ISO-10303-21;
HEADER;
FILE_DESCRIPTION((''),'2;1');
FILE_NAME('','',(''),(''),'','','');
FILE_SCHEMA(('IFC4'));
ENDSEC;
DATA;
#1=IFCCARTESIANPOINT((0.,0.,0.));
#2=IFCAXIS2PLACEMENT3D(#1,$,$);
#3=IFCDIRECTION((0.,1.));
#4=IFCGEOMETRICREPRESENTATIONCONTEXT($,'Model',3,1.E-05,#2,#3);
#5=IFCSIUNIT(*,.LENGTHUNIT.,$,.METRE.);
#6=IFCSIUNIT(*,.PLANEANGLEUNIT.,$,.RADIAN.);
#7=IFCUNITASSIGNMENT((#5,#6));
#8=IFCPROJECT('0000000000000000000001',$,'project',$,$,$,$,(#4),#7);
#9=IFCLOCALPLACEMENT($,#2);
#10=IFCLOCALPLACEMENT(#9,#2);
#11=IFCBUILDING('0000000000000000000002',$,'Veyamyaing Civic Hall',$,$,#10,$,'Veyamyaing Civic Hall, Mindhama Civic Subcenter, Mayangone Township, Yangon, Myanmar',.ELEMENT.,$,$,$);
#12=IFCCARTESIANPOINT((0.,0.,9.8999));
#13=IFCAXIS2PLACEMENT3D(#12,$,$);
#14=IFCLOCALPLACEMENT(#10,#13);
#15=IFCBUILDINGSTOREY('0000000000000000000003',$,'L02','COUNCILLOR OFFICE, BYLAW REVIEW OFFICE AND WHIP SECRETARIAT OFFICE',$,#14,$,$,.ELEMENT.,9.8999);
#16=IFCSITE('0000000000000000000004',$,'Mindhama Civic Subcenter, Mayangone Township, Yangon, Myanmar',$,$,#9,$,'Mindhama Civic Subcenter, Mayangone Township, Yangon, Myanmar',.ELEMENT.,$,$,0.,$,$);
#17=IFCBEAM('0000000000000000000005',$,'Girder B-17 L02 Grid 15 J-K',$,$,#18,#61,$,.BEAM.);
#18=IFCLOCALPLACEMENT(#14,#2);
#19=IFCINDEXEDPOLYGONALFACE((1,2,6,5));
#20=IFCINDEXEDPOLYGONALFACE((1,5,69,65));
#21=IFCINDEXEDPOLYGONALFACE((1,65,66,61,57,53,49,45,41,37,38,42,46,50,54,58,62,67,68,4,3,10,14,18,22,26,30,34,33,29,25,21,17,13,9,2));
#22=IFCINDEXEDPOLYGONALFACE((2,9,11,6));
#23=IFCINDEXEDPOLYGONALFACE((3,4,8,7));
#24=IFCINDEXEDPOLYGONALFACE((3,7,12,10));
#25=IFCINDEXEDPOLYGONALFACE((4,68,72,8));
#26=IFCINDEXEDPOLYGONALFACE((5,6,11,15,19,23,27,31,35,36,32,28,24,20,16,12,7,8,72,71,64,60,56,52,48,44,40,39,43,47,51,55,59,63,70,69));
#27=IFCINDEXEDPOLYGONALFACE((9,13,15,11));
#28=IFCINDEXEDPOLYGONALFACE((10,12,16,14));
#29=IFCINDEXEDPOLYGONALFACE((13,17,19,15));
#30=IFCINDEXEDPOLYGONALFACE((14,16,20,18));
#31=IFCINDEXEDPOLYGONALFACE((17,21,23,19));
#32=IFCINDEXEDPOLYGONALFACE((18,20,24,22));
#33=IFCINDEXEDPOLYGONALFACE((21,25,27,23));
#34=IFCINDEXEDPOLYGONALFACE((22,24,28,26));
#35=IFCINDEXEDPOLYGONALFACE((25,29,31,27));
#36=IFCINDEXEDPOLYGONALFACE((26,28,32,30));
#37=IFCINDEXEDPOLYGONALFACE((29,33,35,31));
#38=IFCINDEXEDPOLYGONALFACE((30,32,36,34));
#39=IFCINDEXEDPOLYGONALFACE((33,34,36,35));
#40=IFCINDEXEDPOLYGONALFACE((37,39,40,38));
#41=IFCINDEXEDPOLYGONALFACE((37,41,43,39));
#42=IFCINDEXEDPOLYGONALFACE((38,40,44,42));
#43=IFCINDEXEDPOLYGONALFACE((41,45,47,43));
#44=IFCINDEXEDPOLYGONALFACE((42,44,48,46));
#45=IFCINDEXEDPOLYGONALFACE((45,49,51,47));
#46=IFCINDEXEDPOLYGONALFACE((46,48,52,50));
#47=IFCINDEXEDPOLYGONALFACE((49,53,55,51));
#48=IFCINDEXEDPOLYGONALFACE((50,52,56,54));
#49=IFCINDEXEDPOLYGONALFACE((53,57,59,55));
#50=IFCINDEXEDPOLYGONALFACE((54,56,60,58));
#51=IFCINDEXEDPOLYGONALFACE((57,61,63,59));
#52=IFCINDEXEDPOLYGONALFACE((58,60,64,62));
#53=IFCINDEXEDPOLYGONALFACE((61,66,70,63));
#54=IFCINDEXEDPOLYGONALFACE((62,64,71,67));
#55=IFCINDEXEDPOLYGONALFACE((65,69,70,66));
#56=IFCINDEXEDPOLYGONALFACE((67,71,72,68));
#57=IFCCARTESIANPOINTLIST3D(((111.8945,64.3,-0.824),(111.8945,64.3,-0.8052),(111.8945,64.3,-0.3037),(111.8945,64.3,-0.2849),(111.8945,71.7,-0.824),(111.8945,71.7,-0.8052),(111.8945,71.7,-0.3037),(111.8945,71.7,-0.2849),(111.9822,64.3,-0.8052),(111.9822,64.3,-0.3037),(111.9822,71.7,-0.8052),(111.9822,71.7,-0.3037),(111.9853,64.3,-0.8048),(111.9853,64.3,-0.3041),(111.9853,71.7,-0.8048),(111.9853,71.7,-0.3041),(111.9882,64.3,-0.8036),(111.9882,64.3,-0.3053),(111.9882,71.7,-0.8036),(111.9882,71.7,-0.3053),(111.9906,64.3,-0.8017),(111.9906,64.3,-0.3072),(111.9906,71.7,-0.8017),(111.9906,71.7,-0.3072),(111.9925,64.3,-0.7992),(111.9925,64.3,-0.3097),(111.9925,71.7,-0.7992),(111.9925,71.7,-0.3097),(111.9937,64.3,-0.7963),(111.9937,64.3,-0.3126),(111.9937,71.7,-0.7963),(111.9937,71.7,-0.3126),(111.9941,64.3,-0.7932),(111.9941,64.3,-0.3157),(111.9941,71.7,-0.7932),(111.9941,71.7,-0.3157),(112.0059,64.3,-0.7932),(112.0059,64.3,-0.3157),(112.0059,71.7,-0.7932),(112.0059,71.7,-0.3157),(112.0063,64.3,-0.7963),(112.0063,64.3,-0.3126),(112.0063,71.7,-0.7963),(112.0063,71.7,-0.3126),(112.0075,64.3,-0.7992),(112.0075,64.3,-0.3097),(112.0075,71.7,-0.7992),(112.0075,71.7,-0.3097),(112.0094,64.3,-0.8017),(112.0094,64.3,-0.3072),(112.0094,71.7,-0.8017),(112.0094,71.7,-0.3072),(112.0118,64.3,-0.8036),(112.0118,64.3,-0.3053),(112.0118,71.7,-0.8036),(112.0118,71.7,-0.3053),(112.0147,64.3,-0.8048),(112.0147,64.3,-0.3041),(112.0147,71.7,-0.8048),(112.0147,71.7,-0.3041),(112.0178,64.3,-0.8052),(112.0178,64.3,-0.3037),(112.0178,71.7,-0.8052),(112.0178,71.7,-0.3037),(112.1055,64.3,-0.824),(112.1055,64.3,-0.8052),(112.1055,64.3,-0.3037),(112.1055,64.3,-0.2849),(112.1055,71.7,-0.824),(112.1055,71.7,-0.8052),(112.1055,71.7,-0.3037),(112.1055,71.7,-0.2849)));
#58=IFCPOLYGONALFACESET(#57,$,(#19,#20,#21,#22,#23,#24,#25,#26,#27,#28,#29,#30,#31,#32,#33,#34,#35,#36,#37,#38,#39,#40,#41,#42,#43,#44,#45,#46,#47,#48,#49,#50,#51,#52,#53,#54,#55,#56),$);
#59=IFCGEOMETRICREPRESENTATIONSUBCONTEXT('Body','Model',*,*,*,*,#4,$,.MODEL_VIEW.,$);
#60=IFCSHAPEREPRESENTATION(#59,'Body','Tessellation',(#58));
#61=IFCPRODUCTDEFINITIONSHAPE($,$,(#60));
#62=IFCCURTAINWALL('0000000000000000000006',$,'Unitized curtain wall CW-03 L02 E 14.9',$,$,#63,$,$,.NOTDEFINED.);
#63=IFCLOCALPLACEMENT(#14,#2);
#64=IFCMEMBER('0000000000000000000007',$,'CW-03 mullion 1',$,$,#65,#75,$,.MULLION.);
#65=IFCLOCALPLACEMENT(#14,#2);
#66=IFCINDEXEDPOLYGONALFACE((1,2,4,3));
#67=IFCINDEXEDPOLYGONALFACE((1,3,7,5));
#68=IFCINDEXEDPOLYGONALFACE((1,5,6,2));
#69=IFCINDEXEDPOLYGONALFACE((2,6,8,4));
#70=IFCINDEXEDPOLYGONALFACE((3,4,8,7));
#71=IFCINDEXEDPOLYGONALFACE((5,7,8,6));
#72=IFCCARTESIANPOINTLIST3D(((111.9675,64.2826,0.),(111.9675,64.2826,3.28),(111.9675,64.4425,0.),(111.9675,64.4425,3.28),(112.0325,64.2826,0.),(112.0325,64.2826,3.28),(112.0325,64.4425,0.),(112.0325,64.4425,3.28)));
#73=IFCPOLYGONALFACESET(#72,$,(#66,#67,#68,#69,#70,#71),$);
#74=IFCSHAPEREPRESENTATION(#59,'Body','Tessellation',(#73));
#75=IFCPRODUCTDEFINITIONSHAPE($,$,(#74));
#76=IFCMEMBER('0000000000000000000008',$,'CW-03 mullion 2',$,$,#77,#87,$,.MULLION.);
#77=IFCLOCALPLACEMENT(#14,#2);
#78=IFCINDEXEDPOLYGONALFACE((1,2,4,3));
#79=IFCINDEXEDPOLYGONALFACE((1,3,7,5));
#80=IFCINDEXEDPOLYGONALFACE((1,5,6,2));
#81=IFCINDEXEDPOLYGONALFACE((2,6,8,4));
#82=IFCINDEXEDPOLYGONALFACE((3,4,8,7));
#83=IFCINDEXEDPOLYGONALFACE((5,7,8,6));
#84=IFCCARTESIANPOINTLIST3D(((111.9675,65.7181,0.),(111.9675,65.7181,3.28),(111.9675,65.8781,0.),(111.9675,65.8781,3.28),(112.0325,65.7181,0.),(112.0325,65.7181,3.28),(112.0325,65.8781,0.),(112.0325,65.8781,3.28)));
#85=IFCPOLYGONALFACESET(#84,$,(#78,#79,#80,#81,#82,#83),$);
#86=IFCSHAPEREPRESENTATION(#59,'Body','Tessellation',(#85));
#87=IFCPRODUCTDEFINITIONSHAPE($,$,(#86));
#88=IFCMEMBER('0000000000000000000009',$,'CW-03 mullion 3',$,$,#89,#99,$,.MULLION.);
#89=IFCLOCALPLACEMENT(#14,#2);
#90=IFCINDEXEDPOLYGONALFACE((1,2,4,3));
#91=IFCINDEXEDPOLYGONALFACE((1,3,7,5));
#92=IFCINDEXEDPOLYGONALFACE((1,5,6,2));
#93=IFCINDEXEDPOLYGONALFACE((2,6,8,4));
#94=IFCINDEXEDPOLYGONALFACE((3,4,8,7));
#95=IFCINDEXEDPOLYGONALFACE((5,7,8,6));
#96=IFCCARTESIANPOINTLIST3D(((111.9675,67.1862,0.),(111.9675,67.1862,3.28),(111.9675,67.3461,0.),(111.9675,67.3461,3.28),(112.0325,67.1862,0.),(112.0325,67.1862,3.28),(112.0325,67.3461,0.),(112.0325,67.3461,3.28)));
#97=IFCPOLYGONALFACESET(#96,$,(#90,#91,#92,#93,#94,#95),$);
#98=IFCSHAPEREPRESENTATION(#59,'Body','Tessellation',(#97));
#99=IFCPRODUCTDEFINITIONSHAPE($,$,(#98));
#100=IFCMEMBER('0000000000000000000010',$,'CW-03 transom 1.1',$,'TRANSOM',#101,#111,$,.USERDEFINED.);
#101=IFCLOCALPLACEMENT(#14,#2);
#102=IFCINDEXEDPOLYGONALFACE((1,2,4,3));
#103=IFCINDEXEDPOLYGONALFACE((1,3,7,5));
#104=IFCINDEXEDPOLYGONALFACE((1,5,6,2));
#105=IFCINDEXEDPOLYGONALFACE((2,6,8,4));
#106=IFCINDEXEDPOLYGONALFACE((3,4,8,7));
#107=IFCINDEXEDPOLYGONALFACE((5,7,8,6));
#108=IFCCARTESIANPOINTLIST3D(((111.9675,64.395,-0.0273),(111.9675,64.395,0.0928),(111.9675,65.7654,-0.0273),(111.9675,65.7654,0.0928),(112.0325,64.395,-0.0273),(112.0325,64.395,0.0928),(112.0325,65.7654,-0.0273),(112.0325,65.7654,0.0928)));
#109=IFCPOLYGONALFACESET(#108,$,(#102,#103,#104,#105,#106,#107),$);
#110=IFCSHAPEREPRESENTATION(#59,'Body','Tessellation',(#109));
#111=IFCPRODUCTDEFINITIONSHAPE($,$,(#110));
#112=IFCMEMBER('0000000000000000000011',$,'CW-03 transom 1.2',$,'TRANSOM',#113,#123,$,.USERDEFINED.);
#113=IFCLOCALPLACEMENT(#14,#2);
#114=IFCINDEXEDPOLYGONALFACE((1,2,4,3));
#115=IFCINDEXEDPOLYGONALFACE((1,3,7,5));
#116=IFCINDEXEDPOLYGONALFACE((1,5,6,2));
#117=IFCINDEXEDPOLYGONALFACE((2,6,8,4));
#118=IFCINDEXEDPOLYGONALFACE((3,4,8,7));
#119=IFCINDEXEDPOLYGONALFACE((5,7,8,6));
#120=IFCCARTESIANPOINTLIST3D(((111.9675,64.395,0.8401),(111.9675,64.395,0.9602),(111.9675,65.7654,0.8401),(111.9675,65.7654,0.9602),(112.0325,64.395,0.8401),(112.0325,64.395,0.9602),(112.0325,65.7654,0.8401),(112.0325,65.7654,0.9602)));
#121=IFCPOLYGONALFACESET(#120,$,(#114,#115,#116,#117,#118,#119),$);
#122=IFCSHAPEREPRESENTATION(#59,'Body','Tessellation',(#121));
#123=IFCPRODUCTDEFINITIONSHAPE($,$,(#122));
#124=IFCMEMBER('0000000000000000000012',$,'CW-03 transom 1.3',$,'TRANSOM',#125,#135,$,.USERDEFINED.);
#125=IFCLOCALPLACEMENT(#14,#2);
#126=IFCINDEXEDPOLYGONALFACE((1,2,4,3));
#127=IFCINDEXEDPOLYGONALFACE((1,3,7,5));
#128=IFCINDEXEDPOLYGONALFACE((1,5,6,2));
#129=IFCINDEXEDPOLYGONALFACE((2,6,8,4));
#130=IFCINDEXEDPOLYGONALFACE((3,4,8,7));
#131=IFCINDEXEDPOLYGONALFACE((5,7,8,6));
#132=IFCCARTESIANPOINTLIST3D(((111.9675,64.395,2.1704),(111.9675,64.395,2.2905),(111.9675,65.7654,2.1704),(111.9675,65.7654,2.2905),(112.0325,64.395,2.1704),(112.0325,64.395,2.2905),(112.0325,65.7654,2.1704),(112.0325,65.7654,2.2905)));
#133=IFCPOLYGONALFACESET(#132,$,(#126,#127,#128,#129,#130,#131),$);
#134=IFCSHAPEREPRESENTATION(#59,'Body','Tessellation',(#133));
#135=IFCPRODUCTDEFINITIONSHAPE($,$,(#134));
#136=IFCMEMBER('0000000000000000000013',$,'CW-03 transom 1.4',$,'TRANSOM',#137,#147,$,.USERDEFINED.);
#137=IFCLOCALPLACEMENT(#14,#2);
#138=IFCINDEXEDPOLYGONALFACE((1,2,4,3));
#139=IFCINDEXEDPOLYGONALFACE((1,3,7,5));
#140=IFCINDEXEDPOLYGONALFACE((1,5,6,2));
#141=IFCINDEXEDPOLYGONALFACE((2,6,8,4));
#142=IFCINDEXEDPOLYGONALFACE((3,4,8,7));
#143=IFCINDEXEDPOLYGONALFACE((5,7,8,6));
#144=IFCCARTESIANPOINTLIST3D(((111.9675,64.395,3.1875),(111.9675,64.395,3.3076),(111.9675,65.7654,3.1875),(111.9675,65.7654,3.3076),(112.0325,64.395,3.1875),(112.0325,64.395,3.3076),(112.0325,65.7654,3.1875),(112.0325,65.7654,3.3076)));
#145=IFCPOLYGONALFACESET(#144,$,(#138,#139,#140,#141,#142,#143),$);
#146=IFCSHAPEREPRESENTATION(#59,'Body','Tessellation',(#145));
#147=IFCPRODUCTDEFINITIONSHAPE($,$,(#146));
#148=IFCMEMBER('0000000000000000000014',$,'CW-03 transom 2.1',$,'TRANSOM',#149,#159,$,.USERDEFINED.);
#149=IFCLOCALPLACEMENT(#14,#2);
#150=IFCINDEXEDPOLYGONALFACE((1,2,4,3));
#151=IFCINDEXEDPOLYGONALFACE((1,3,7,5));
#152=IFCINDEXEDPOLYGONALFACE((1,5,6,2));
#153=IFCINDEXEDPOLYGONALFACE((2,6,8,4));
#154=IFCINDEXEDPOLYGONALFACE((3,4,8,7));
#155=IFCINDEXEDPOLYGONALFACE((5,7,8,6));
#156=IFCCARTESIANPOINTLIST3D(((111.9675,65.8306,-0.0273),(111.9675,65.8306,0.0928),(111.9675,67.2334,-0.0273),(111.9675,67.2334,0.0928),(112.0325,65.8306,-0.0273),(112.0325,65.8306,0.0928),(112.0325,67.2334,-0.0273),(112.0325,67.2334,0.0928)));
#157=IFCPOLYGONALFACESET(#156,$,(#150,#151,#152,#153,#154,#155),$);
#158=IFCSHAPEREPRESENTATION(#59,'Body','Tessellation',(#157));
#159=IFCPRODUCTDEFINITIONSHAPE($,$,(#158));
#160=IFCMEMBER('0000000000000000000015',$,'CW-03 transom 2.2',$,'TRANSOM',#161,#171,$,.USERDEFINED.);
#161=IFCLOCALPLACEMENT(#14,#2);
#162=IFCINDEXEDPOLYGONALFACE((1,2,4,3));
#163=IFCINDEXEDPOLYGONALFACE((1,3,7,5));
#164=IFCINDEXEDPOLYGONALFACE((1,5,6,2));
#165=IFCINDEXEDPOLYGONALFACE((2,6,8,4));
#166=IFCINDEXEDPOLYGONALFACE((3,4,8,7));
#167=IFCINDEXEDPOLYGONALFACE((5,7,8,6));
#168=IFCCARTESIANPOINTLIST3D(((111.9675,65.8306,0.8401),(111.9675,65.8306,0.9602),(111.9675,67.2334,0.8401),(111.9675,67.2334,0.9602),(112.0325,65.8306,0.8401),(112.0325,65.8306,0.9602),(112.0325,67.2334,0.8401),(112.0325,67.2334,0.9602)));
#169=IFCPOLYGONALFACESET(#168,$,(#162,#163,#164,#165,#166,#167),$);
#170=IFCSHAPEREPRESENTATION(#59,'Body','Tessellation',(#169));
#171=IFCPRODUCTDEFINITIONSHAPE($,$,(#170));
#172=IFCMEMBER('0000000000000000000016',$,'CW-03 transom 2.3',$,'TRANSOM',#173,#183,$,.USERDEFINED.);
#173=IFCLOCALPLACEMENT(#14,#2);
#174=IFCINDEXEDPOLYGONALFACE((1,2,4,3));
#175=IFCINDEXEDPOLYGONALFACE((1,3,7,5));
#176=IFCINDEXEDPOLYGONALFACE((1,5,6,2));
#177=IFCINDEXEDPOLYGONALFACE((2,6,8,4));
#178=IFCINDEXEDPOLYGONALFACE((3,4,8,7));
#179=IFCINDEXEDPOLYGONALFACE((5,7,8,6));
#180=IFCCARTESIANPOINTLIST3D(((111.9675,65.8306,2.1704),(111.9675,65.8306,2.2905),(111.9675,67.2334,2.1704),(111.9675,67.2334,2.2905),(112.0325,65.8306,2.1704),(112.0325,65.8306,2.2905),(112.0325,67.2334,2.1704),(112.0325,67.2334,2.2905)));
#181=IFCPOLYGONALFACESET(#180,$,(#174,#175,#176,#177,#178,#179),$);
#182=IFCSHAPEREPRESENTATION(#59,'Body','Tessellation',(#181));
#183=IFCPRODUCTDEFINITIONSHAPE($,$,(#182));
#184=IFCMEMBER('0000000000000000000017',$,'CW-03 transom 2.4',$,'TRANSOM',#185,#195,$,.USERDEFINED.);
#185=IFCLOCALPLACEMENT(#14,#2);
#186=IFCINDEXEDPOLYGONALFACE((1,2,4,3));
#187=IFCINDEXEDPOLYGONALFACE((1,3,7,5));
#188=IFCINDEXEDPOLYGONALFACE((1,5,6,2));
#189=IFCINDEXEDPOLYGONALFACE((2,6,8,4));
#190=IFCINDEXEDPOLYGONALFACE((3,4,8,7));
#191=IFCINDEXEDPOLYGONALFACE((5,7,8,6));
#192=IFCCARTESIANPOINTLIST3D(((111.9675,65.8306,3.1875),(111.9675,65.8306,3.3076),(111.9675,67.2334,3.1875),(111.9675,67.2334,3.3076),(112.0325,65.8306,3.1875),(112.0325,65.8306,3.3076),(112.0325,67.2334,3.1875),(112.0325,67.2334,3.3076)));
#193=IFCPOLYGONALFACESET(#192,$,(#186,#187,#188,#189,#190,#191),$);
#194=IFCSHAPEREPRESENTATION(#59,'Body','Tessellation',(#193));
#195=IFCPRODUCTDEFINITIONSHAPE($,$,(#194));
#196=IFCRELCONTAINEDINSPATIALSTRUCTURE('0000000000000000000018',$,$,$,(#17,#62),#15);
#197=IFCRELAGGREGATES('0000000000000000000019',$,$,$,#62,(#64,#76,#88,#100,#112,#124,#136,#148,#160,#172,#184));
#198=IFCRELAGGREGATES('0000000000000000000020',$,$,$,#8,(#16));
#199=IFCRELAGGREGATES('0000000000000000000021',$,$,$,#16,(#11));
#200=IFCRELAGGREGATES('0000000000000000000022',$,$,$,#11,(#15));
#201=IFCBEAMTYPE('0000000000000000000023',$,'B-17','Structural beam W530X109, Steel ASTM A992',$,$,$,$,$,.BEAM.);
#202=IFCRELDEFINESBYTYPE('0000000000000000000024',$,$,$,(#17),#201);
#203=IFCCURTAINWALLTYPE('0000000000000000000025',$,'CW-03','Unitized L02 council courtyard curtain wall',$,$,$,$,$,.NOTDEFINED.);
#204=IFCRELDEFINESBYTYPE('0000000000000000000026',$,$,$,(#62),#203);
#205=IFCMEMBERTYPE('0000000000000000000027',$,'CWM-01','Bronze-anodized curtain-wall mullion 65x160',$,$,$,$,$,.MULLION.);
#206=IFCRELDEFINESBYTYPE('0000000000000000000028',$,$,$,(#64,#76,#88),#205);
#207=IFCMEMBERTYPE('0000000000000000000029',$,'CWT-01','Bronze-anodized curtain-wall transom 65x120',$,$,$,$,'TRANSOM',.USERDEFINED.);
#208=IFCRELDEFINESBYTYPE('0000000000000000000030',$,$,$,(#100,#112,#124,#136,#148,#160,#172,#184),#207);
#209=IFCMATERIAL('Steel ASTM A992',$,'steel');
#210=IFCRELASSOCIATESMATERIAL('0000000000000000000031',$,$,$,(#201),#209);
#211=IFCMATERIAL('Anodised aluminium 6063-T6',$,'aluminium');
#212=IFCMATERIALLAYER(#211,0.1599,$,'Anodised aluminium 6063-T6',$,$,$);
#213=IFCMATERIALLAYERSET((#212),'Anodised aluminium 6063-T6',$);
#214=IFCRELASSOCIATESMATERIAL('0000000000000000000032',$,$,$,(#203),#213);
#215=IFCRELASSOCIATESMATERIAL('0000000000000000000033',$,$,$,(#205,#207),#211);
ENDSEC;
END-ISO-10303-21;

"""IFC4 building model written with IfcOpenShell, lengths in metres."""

from ifc_helpers import new_model, si_unit, direction, frame, origin, origin_2d, place, context, subcontext, project, spatial, rectangle, i_section, extrude, material, layer, layer_set, material_profile, profile_set, type_object, element, aggregate, save


model = new_model("IFC4")

# Units and contexts
model_context = context("Model", 3, precision=1e-05, world=origin(), true_north=direction((0.0, 1.0)))
body_context = subcontext(model_context, "Body", "Model", "MODEL_VIEW")
ifc_project = project(units=[si_unit("LENGTHUNIT", "METRE"), si_unit("PLANEANGLEUNIT", "RADIAN")], contexts=[model_context])

# Site, building, storey
site_placement = place(None, origin())
site = spatial("IfcSite", under=ifc_project, at=site_placement, Name="Mindhama Civic Subcenter, Mayangone Township, Yangon, Myanmar", LongName="Mindhama Civic Subcenter, Mayangone Township, Yangon, Myanmar", CompositionType="ELEMENT", RefElevation=0.0)
building_placement = place(site_placement, origin())
building = spatial("IfcBuilding", under=site, at=building_placement, Name="Veyamyaing Civic Hall", LongName="Veyamyaing Civic Hall, Mindhama Civic Subcenter, Mayangone Township, Yangon, Myanmar", CompositionType="ELEMENT")
storey_placement = place(building_placement, frame((0.0, 0.0, 9.8999)))
storey = spatial("IfcBuildingStorey", under=building, at=storey_placement, Name="L02", Description="COUNCILLOR OFFICE, BYLAW REVIEW OFFICE AND WHIP SECRETARIAT OFFICE", CompositionType="ELEMENT", Elevation=9.8999)

# Beam
ifc_material_1 = material(Name="Steel ASTM A992", Category="steel")
ifc_material_profile_1 = material_profile(ifc_material_1, i_section(OverallWidth=0.2109, OverallDepth=0.5391, WebThickness=0.0117, FlangeThickness=0.0188, FilletRadius=0.012, at=origin_2d()), Name="W530X109")
ifc_profile_set_1 = profile_set([ifc_material_profile_1], Name="Steel ASTM A992")
beam_type_1 = type_object("IfcBeamType", Name="B-17", Description="Structural beam W530X109, Steel ASTM A992", PredefinedType="BEAM", material=ifc_profile_set_1)
beam_1_placement = place(storey_placement, frame((112.0, 64.3, -0.5544), z_axis=(0.0, 1.0, 0.0), x_axis=(-1.0, 0.0, 0.0)))
element("IfcBeam", 1, at=beam_1_placement, inside=storey, type_object=beam_type_1, Name="Girder B-17 L02 Grid 15 J-K", PredefinedType="BEAM", context=body_context, shape_type="SweptSolid", body=[
    extrude(i_section(OverallWidth=0.2109, OverallDepth=0.5391, WebThickness=0.0117, FlangeThickness=0.0188, FilletRadius=0.012, at=origin_2d()), origin(), (0.0, 0.0, 1.0), 7.3999),
])

# Curtain wall, members
ifc_material_2 = material(Name="Anodised aluminium 6063-T6", Category="aluminium")
ifc_layer_1 = layer(ifc_material_2, 0.1599, Name="Anodised aluminium 6063-T6")
ifc_layer_set_1 = layer_set([ifc_layer_1], Name="Anodised aluminium 6063-T6")
curtain_wall_type = type_object("IfcCurtainWallType", Name="CW-03", Description="Unitized L02 council courtyard curtain wall", PredefinedType="NOTDEFINED", material=ifc_layer_set_1)
curtain_wall_placement = place(storey_placement, origin())
curtain_wall = element("IfcCurtainWall", 2, at=curtain_wall_placement, inside=storey, type_object=curtain_wall_type, Name="Unitized curtain wall CW-03 L02 E 14.9", PredefinedType="NOTDEFINED")
ifc_material_profile_2 = material_profile(ifc_material_2, rectangle(XDim=0.0649, YDim=0.1599, at=origin_2d()), Name="ALU-MUL-65X160")
ifc_profile_set_2 = profile_set([ifc_material_profile_2], Name="Anodised aluminium 6063-T6")
member_type_1 = type_object("IfcMemberType", Name="CWM-01", Description="Bronze-anodized curtain-wall mullion 65x160", PredefinedType="MULLION", material=ifc_profile_set_2)
member_1_placement = place(storey_placement, frame((112.0, 64.3625, 0.0), z_axis=(0.0, 0.0, 1.0), x_axis=(-1.0, 0.0, 0.0)))
member_1 = element("IfcMember", 3, at=member_1_placement, type_object=member_type_1, Name="CW-03 mullion 1", PredefinedType="MULLION", context=body_context, shape_type="SweptSolid", body=[
    extrude(rectangle(XDim=0.0649, YDim=0.1599, at=origin_2d()), origin(), (0.0, 0.0, 1.0), 3.28),
])
member_2_placement = place(storey_placement, frame((112.0, 65.7981, 0.0), z_axis=(0.0, 0.0, 1.0), x_axis=(-1.0, 0.0, 0.0)))
member_2 = element("IfcMember", 4, at=member_2_placement, type_object=member_type_1, Name="CW-03 mullion 2", PredefinedType="MULLION", context=body_context, shape_type="SweptSolid", body=[
    extrude(rectangle(XDim=0.0649, YDim=0.1599, at=origin_2d()), origin(), (0.0, 0.0, 1.0), 3.28),
])
member_3_placement = place(storey_placement, frame((112.0, 67.2661, 0.0), z_axis=(0.0, 0.0, 1.0), x_axis=(-1.0, 0.0, 0.0)))
member_3 = element("IfcMember", 5, at=member_3_placement, type_object=member_type_1, Name="CW-03 mullion 3", PredefinedType="MULLION", context=body_context, shape_type="SweptSolid", body=[
    extrude(rectangle(XDim=0.0649, YDim=0.1599, at=origin_2d()), origin(), (0.0, 0.0, 1.0), 3.28),
])
ifc_material_profile_3 = material_profile(ifc_material_2, rectangle(XDim=0.0649, YDim=0.1201, at=origin_2d()), Name="ALU-TRN-65X120")
ifc_profile_set_3 = profile_set([ifc_material_profile_3], Name="Anodised aluminium 6063-T6")
member_type_2 = type_object("IfcMemberType", Name="CWT-01", Description="Bronze-anodized curtain-wall transom 65x120", ElementType="TRANSOM", PredefinedType="USERDEFINED", material=ifc_profile_set_3)
member_4_placement = place(storey_placement, frame((112.0, 64.395, 0.0327), z_axis=(0.0, 1.0, 0.0), x_axis=(-1.0, 0.0, 0.0)))
member_4 = element("IfcMember", 6, at=member_4_placement, type_object=member_type_2, Name="CW-03 transom 1.1", ObjectType="TRANSOM", PredefinedType="USERDEFINED", context=body_context, shape_type="SweptSolid", body=[
    extrude(rectangle(XDim=0.0649, YDim=0.1201, at=origin_2d()), origin(), (0.0, 0.0, 1.0), 1.3704),
])
member_5_placement = place(storey_placement, frame((112.0, 64.395, 0.9001), z_axis=(0.0, 1.0, 0.0), x_axis=(-1.0, 0.0, 0.0)))
member_5 = element("IfcMember", 7, at=member_5_placement, type_object=member_type_2, Name="CW-03 transom 1.2", ObjectType="TRANSOM", PredefinedType="USERDEFINED", context=body_context, shape_type="SweptSolid", body=[
    extrude(rectangle(XDim=0.0649, YDim=0.1201, at=origin_2d()), origin(), (0.0, 0.0, 1.0), 1.3704),
])
member_6_placement = place(storey_placement, frame((112.0, 64.395, 2.2305), z_axis=(0.0, 1.0, 0.0), x_axis=(-1.0, 0.0, 0.0)))
member_6 = element("IfcMember", 8, at=member_6_placement, type_object=member_type_2, Name="CW-03 transom 1.3", ObjectType="TRANSOM", PredefinedType="USERDEFINED", context=body_context, shape_type="SweptSolid", body=[
    extrude(rectangle(XDim=0.0649, YDim=0.1201, at=origin_2d()), origin(), (0.0, 0.0, 1.0), 1.3704),
])
member_7_placement = place(storey_placement, frame((112.0, 64.395, 3.2476), z_axis=(0.0, 1.0, 0.0), x_axis=(-1.0, 0.0, 0.0)))
member_7 = element("IfcMember", 9, at=member_7_placement, type_object=member_type_2, Name="CW-03 transom 1.4", ObjectType="TRANSOM", PredefinedType="USERDEFINED", context=body_context, shape_type="SweptSolid", body=[
    extrude(rectangle(XDim=0.0649, YDim=0.1201, at=origin_2d()), origin(), (0.0, 0.0, 1.0), 1.3704),
])
member_8_placement = place(storey_placement, frame((112.0, 65.8306, 0.0327), z_axis=(0.0, 1.0, 0.0), x_axis=(-1.0, 0.0, 0.0)))
member_8 = element("IfcMember", 10, at=member_8_placement, type_object=member_type_2, Name="CW-03 transom 2.1", ObjectType="TRANSOM", PredefinedType="USERDEFINED", context=body_context, shape_type="SweptSolid", body=[
    extrude(rectangle(XDim=0.0649, YDim=0.1201, at=origin_2d()), origin(), (0.0, 0.0, 1.0), 1.4028),
])
member_9_placement = place(storey_placement, frame((112.0, 65.8306, 0.9001), z_axis=(0.0, 1.0, 0.0), x_axis=(-1.0, 0.0, 0.0)))
member_9 = element("IfcMember", 11, at=member_9_placement, type_object=member_type_2, Name="CW-03 transom 2.2", ObjectType="TRANSOM", PredefinedType="USERDEFINED", context=body_context, shape_type="SweptSolid", body=[
    extrude(rectangle(XDim=0.0649, YDim=0.1201, at=origin_2d()), origin(), (0.0, 0.0, 1.0), 1.4028),
])
member_10_placement = place(storey_placement, frame((112.0, 65.8306, 2.2305), z_axis=(0.0, 1.0, 0.0), x_axis=(-1.0, 0.0, 0.0)))
member_10 = element("IfcMember", 12, at=member_10_placement, type_object=member_type_2, Name="CW-03 transom 2.3", ObjectType="TRANSOM", PredefinedType="USERDEFINED", context=body_context, shape_type="SweptSolid", body=[
    extrude(rectangle(XDim=0.0649, YDim=0.1201, at=origin_2d()), origin(), (0.0, 0.0, 1.0), 1.4028),
])
member_11_placement = place(storey_placement, frame((112.0, 65.8306, 3.2476), z_axis=(0.0, 1.0, 0.0), x_axis=(-1.0, 0.0, 0.0)))
member_11 = element("IfcMember", 13, at=member_11_placement, type_object=member_type_2, Name="CW-03 transom 2.4", ObjectType="TRANSOM", PredefinedType="USERDEFINED", context=body_context, shape_type="SweptSolid", body=[
    extrude(rectangle(XDim=0.0649, YDim=0.1201, at=origin_2d()), origin(), (0.0, 0.0, 1.0), 1.4028),
])

aggregate(curtain_wall, [member_1, member_2, member_3, member_4, member_5, member_6, member_7, member_8, member_9, member_10, member_11])

save(model, "model.ifc")
